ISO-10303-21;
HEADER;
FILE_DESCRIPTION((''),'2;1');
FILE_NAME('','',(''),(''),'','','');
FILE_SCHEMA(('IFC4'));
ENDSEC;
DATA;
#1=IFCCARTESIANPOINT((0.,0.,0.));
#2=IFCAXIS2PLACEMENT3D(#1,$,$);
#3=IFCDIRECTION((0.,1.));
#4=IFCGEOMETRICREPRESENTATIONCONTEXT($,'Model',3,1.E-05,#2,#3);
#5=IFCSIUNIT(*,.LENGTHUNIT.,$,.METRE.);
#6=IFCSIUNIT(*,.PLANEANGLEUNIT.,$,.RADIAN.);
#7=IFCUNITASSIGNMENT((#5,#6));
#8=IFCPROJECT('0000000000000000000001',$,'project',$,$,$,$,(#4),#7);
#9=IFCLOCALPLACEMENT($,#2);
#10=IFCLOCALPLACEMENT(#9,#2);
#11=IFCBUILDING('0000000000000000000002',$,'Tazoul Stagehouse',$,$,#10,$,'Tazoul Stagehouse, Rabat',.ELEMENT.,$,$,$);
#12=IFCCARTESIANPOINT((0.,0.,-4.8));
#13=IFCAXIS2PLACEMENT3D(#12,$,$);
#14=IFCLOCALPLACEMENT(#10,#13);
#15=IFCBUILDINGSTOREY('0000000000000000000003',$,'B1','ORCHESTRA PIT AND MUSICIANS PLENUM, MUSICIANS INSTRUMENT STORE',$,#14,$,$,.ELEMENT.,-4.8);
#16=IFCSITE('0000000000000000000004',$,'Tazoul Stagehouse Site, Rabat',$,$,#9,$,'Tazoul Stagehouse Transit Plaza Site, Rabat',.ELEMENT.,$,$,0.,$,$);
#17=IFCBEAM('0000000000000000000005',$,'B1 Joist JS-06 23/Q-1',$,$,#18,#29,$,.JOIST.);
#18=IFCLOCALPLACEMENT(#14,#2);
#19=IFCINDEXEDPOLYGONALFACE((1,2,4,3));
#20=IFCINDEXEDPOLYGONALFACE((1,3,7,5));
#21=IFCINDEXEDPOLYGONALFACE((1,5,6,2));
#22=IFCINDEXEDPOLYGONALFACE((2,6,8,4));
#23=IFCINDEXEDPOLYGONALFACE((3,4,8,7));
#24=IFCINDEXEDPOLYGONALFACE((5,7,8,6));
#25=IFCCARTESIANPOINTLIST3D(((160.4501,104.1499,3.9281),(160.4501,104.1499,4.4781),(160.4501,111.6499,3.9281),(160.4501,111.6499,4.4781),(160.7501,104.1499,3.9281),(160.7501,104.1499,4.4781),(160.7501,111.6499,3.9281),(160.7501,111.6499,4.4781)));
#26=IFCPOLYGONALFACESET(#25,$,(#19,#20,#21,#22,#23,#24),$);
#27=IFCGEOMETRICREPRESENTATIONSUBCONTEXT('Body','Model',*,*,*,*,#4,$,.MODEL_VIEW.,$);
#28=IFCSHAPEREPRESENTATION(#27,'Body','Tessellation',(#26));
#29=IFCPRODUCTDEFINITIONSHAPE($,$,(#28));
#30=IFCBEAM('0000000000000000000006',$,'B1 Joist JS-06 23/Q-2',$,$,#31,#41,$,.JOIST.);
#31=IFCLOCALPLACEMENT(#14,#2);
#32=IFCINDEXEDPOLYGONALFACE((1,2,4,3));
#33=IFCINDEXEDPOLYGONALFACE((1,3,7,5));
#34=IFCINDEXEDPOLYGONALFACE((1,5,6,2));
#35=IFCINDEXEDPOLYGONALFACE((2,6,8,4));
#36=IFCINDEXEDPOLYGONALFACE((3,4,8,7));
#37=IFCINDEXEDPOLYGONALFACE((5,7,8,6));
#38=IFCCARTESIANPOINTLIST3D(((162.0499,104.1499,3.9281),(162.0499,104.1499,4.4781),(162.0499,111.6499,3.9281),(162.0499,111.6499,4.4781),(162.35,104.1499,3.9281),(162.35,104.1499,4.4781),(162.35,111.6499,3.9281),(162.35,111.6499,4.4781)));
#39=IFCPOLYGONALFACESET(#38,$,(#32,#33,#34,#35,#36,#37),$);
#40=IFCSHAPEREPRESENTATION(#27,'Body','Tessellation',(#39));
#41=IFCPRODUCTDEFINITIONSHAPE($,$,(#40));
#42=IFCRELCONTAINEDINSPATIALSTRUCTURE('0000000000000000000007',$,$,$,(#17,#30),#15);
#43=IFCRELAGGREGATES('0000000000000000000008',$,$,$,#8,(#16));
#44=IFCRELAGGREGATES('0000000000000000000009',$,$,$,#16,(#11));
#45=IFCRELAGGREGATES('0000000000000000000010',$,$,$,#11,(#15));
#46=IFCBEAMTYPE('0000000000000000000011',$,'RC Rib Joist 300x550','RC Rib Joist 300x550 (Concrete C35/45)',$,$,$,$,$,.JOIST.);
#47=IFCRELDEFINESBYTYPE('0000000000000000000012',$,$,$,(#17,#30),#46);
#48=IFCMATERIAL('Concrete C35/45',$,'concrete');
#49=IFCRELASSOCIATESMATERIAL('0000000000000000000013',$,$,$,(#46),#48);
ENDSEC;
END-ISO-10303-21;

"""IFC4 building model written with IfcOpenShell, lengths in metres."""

from ifc_helpers import new_model, si_unit, direction, frame, origin, origin_2d, place, context, subcontext, project, spatial, rectangle, extrude, material, material_profile, profile_set, type_object, element, save


model = new_model("IFC4")

# Units and contexts
model_context = context("Model", 3, precision=1e-05, world=origin(), true_north=direction((0.0, 1.0)))
body_context = subcontext(model_context, "Body", "Model", "MODEL_VIEW")
ifc_project = project(units=[si_unit("LENGTHUNIT", "METRE"), si_unit("PLANEANGLEUNIT", "RADIAN")], contexts=[model_context])

# Site, building, storey
site_placement = place(None, origin())
site = spatial("IfcSite", under=ifc_project, at=site_placement, Name="Tazoul Stagehouse Site, Rabat", LongName="Tazoul Stagehouse Transit Plaza Site, Rabat", CompositionType="ELEMENT", RefElevation=0.0)
building_placement = place(site_placement, origin())
building = spatial("IfcBuilding", under=site, at=building_placement, Name="Tazoul Stagehouse", LongName="Tazoul Stagehouse, Rabat", CompositionType="ELEMENT")
storey_placement = place(building_placement, frame((0.0, 0.0, -4.8)))
storey = spatial("IfcBuildingStorey", under=building, at=storey_placement, Name="B1", Description="ORCHESTRA PIT AND MUSICIANS PLENUM, MUSICIANS INSTRUMENT STORE", CompositionType="ELEMENT", Elevation=-4.8)

# Shared definitions
ifc_material_1 = material(Name="Concrete C35/45", Category="concrete")

# Beams
ifc_material_profile_1 = material_profile(ifc_material_1, rectangle(XDim=0.3, YDim=0.55, at=origin_2d()), Name="RC 300x550")
ifc_profile_set_1 = profile_set([ifc_material_profile_1], Name="Concrete C35/45")
beam_type_1 = type_object("IfcBeamType", Name="RC Rib Joist 300x550", Description="RC Rib Joist 300x550 (Concrete C35/45)", PredefinedType="JOIST", material=ifc_profile_set_1)
for number, where, z_axis, x_axis, name in (
    (1, (160.6001, 104.1499, 4.2031), (0.0, 1.0, 0.0), (-1.0, 0.0, 0.0), "B1 Joist JS-06 23/Q-1"),
    (2, (162.2, 104.1499, 4.2031), (0.0, 1.0, 0.0), (-1.0, 0.0, 0.0), "B1 Joist JS-06 23/Q-2"),
):
    element("IfcBeam", number, at=place(storey_placement, frame(where, z_axis=z_axis, x_axis=x_axis)), inside=storey, type_object=beam_type_1, Name=name, PredefinedType="JOIST", context=body_context, shape_type="SweptSolid", body=[
        extrude(rectangle(XDim=0.3, YDim=0.55, at=origin_2d()), origin(), (0.0, 0.0, 1.0), 7.5),
    ])

save(model, "model.ifc")
